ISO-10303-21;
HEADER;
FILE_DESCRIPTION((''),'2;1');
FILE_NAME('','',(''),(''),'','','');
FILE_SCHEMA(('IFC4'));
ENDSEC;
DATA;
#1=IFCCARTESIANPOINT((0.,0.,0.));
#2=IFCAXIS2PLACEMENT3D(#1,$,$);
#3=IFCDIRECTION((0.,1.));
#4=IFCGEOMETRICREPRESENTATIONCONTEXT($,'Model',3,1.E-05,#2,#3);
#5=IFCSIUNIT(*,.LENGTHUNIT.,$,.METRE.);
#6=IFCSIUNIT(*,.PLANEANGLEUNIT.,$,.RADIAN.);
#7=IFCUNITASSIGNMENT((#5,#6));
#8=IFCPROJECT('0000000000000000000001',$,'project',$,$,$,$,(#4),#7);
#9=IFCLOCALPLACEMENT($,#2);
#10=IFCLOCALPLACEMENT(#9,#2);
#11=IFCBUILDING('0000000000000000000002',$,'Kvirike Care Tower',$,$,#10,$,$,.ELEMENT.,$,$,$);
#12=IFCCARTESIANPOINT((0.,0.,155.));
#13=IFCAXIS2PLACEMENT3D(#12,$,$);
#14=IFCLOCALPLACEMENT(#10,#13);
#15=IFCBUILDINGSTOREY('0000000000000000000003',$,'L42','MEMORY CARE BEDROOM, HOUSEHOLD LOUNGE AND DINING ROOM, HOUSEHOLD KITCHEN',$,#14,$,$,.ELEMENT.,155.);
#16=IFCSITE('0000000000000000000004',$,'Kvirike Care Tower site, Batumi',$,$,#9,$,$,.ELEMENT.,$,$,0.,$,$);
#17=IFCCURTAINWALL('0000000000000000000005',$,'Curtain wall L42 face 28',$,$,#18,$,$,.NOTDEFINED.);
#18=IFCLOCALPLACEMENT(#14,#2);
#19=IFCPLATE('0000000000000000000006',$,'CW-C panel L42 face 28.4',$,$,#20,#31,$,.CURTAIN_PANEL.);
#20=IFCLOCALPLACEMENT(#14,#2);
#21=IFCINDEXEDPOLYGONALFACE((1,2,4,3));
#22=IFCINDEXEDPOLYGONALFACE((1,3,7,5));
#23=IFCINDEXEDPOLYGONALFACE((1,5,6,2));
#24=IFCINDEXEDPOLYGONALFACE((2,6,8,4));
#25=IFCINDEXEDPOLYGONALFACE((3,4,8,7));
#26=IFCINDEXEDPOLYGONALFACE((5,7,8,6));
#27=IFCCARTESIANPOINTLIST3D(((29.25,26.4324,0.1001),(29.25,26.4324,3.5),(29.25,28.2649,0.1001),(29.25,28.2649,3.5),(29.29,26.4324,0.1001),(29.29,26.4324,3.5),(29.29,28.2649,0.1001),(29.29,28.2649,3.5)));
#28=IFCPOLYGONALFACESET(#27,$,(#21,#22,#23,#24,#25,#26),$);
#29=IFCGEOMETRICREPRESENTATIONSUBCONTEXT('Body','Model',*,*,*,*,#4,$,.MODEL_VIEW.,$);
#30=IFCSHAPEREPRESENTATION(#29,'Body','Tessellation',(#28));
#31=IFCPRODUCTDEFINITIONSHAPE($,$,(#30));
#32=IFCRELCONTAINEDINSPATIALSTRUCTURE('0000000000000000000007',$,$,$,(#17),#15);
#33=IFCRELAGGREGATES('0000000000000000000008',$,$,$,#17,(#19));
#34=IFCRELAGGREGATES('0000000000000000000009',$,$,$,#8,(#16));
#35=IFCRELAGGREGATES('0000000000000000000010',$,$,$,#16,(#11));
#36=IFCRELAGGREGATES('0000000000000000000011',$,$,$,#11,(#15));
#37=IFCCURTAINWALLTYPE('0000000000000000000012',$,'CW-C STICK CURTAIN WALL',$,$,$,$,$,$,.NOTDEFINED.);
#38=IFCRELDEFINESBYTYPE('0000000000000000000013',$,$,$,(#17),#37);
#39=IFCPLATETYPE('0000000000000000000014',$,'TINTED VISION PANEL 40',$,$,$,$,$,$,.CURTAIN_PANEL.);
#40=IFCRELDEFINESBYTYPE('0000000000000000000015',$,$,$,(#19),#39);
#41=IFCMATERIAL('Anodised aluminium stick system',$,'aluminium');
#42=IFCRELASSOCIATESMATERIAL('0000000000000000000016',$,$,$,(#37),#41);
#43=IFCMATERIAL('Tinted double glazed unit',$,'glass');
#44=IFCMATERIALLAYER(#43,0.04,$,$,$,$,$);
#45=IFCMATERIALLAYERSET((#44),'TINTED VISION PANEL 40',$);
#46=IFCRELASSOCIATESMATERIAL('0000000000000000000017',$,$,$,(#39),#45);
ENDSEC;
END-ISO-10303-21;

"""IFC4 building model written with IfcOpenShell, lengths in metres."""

from ifc_helpers import new_model, si_unit, direction, frame, origin, origin_2d, place, context, subcontext, project, spatial, rectangle, extrude, material, layer, layer_set, type_object, element, aggregate, save


model = new_model("IFC4")

# Units and contexts
model_context = context("Model", 3, precision=1e-05, world=origin(), true_north=direction((0.0, 1.0)))
body_context = subcontext(model_context, "Body", "Model", "MODEL_VIEW")
ifc_project = project(units=[si_unit("LENGTHUNIT", "METRE"), si_unit("PLANEANGLEUNIT", "RADIAN")], contexts=[model_context])

# Site, building, storey
site_placement = place(None, origin())
site = spatial("IfcSite", under=ifc_project, at=site_placement, Name="Kvirike Care Tower site, Batumi", CompositionType="ELEMENT", RefElevation=0.0)
building_placement = place(site_placement, origin())
building = spatial("IfcBuilding", under=site, at=building_placement, Name="Kvirike Care Tower", CompositionType="ELEMENT")
storey_placement = place(building_placement, frame((0.0, 0.0, 155.0)))
storey = spatial("IfcBuildingStorey", under=building, at=storey_placement, Name="L42", Description="MEMORY CARE BEDROOM, HOUSEHOLD LOUNGE AND DINING ROOM, HOUSEHOLD KITCHEN", CompositionType="ELEMENT", Elevation=155.0)

# Curtain wall
ifc_material_1 = material(Name="Anodised aluminium stick system", Category="aluminium")
curtain_wall_type = type_object("IfcCurtainWallType", Name="CW-C STICK CURTAIN WALL", PredefinedType="NOTDEFINED", material=ifc_material_1)
curtain_wall_1_placement = place(storey_placement, origin())
curtain_wall_1 = element("IfcCurtainWall", 1, at=curtain_wall_1_placement, inside=storey, type_object=curtain_wall_type, Name="Curtain wall L42 face 28", PredefinedType="NOTDEFINED")

# Plate
ifc_material_2 = material(Name="Tinted double glazed unit", Category="glass")
ifc_layer = layer(ifc_material_2, 0.04)
ifc_layer_set = layer_set([ifc_layer], Name="TINTED VISION PANEL 40")
plate_type = type_object("IfcPlateType", Name="TINTED VISION PANEL 40", PredefinedType="CURTAIN_PANEL", material=ifc_layer_set)
plate_1_placement = place(storey_placement, frame((29.27, 27.3486, 0.1001), z_axis=(0.0, 0.0, 1.0), x_axis=(0.0, 1.0, 0.0)))
plate_1 = element("IfcPlate", 2, at=plate_1_placement, type_object=plate_type, Name="CW-C panel L42 face 28.4", PredefinedType="CURTAIN_PANEL", context=body_context, shape_type="SweptSolid", body=[
    extrude(rectangle(XDim=1.8325, YDim=0.04, at=origin_2d()), origin(), (0.0, 0.0, 1.0), 3.3999),
])
aggregate(curtain_wall_1, [plate_1])

save(model, "model.ifc")
